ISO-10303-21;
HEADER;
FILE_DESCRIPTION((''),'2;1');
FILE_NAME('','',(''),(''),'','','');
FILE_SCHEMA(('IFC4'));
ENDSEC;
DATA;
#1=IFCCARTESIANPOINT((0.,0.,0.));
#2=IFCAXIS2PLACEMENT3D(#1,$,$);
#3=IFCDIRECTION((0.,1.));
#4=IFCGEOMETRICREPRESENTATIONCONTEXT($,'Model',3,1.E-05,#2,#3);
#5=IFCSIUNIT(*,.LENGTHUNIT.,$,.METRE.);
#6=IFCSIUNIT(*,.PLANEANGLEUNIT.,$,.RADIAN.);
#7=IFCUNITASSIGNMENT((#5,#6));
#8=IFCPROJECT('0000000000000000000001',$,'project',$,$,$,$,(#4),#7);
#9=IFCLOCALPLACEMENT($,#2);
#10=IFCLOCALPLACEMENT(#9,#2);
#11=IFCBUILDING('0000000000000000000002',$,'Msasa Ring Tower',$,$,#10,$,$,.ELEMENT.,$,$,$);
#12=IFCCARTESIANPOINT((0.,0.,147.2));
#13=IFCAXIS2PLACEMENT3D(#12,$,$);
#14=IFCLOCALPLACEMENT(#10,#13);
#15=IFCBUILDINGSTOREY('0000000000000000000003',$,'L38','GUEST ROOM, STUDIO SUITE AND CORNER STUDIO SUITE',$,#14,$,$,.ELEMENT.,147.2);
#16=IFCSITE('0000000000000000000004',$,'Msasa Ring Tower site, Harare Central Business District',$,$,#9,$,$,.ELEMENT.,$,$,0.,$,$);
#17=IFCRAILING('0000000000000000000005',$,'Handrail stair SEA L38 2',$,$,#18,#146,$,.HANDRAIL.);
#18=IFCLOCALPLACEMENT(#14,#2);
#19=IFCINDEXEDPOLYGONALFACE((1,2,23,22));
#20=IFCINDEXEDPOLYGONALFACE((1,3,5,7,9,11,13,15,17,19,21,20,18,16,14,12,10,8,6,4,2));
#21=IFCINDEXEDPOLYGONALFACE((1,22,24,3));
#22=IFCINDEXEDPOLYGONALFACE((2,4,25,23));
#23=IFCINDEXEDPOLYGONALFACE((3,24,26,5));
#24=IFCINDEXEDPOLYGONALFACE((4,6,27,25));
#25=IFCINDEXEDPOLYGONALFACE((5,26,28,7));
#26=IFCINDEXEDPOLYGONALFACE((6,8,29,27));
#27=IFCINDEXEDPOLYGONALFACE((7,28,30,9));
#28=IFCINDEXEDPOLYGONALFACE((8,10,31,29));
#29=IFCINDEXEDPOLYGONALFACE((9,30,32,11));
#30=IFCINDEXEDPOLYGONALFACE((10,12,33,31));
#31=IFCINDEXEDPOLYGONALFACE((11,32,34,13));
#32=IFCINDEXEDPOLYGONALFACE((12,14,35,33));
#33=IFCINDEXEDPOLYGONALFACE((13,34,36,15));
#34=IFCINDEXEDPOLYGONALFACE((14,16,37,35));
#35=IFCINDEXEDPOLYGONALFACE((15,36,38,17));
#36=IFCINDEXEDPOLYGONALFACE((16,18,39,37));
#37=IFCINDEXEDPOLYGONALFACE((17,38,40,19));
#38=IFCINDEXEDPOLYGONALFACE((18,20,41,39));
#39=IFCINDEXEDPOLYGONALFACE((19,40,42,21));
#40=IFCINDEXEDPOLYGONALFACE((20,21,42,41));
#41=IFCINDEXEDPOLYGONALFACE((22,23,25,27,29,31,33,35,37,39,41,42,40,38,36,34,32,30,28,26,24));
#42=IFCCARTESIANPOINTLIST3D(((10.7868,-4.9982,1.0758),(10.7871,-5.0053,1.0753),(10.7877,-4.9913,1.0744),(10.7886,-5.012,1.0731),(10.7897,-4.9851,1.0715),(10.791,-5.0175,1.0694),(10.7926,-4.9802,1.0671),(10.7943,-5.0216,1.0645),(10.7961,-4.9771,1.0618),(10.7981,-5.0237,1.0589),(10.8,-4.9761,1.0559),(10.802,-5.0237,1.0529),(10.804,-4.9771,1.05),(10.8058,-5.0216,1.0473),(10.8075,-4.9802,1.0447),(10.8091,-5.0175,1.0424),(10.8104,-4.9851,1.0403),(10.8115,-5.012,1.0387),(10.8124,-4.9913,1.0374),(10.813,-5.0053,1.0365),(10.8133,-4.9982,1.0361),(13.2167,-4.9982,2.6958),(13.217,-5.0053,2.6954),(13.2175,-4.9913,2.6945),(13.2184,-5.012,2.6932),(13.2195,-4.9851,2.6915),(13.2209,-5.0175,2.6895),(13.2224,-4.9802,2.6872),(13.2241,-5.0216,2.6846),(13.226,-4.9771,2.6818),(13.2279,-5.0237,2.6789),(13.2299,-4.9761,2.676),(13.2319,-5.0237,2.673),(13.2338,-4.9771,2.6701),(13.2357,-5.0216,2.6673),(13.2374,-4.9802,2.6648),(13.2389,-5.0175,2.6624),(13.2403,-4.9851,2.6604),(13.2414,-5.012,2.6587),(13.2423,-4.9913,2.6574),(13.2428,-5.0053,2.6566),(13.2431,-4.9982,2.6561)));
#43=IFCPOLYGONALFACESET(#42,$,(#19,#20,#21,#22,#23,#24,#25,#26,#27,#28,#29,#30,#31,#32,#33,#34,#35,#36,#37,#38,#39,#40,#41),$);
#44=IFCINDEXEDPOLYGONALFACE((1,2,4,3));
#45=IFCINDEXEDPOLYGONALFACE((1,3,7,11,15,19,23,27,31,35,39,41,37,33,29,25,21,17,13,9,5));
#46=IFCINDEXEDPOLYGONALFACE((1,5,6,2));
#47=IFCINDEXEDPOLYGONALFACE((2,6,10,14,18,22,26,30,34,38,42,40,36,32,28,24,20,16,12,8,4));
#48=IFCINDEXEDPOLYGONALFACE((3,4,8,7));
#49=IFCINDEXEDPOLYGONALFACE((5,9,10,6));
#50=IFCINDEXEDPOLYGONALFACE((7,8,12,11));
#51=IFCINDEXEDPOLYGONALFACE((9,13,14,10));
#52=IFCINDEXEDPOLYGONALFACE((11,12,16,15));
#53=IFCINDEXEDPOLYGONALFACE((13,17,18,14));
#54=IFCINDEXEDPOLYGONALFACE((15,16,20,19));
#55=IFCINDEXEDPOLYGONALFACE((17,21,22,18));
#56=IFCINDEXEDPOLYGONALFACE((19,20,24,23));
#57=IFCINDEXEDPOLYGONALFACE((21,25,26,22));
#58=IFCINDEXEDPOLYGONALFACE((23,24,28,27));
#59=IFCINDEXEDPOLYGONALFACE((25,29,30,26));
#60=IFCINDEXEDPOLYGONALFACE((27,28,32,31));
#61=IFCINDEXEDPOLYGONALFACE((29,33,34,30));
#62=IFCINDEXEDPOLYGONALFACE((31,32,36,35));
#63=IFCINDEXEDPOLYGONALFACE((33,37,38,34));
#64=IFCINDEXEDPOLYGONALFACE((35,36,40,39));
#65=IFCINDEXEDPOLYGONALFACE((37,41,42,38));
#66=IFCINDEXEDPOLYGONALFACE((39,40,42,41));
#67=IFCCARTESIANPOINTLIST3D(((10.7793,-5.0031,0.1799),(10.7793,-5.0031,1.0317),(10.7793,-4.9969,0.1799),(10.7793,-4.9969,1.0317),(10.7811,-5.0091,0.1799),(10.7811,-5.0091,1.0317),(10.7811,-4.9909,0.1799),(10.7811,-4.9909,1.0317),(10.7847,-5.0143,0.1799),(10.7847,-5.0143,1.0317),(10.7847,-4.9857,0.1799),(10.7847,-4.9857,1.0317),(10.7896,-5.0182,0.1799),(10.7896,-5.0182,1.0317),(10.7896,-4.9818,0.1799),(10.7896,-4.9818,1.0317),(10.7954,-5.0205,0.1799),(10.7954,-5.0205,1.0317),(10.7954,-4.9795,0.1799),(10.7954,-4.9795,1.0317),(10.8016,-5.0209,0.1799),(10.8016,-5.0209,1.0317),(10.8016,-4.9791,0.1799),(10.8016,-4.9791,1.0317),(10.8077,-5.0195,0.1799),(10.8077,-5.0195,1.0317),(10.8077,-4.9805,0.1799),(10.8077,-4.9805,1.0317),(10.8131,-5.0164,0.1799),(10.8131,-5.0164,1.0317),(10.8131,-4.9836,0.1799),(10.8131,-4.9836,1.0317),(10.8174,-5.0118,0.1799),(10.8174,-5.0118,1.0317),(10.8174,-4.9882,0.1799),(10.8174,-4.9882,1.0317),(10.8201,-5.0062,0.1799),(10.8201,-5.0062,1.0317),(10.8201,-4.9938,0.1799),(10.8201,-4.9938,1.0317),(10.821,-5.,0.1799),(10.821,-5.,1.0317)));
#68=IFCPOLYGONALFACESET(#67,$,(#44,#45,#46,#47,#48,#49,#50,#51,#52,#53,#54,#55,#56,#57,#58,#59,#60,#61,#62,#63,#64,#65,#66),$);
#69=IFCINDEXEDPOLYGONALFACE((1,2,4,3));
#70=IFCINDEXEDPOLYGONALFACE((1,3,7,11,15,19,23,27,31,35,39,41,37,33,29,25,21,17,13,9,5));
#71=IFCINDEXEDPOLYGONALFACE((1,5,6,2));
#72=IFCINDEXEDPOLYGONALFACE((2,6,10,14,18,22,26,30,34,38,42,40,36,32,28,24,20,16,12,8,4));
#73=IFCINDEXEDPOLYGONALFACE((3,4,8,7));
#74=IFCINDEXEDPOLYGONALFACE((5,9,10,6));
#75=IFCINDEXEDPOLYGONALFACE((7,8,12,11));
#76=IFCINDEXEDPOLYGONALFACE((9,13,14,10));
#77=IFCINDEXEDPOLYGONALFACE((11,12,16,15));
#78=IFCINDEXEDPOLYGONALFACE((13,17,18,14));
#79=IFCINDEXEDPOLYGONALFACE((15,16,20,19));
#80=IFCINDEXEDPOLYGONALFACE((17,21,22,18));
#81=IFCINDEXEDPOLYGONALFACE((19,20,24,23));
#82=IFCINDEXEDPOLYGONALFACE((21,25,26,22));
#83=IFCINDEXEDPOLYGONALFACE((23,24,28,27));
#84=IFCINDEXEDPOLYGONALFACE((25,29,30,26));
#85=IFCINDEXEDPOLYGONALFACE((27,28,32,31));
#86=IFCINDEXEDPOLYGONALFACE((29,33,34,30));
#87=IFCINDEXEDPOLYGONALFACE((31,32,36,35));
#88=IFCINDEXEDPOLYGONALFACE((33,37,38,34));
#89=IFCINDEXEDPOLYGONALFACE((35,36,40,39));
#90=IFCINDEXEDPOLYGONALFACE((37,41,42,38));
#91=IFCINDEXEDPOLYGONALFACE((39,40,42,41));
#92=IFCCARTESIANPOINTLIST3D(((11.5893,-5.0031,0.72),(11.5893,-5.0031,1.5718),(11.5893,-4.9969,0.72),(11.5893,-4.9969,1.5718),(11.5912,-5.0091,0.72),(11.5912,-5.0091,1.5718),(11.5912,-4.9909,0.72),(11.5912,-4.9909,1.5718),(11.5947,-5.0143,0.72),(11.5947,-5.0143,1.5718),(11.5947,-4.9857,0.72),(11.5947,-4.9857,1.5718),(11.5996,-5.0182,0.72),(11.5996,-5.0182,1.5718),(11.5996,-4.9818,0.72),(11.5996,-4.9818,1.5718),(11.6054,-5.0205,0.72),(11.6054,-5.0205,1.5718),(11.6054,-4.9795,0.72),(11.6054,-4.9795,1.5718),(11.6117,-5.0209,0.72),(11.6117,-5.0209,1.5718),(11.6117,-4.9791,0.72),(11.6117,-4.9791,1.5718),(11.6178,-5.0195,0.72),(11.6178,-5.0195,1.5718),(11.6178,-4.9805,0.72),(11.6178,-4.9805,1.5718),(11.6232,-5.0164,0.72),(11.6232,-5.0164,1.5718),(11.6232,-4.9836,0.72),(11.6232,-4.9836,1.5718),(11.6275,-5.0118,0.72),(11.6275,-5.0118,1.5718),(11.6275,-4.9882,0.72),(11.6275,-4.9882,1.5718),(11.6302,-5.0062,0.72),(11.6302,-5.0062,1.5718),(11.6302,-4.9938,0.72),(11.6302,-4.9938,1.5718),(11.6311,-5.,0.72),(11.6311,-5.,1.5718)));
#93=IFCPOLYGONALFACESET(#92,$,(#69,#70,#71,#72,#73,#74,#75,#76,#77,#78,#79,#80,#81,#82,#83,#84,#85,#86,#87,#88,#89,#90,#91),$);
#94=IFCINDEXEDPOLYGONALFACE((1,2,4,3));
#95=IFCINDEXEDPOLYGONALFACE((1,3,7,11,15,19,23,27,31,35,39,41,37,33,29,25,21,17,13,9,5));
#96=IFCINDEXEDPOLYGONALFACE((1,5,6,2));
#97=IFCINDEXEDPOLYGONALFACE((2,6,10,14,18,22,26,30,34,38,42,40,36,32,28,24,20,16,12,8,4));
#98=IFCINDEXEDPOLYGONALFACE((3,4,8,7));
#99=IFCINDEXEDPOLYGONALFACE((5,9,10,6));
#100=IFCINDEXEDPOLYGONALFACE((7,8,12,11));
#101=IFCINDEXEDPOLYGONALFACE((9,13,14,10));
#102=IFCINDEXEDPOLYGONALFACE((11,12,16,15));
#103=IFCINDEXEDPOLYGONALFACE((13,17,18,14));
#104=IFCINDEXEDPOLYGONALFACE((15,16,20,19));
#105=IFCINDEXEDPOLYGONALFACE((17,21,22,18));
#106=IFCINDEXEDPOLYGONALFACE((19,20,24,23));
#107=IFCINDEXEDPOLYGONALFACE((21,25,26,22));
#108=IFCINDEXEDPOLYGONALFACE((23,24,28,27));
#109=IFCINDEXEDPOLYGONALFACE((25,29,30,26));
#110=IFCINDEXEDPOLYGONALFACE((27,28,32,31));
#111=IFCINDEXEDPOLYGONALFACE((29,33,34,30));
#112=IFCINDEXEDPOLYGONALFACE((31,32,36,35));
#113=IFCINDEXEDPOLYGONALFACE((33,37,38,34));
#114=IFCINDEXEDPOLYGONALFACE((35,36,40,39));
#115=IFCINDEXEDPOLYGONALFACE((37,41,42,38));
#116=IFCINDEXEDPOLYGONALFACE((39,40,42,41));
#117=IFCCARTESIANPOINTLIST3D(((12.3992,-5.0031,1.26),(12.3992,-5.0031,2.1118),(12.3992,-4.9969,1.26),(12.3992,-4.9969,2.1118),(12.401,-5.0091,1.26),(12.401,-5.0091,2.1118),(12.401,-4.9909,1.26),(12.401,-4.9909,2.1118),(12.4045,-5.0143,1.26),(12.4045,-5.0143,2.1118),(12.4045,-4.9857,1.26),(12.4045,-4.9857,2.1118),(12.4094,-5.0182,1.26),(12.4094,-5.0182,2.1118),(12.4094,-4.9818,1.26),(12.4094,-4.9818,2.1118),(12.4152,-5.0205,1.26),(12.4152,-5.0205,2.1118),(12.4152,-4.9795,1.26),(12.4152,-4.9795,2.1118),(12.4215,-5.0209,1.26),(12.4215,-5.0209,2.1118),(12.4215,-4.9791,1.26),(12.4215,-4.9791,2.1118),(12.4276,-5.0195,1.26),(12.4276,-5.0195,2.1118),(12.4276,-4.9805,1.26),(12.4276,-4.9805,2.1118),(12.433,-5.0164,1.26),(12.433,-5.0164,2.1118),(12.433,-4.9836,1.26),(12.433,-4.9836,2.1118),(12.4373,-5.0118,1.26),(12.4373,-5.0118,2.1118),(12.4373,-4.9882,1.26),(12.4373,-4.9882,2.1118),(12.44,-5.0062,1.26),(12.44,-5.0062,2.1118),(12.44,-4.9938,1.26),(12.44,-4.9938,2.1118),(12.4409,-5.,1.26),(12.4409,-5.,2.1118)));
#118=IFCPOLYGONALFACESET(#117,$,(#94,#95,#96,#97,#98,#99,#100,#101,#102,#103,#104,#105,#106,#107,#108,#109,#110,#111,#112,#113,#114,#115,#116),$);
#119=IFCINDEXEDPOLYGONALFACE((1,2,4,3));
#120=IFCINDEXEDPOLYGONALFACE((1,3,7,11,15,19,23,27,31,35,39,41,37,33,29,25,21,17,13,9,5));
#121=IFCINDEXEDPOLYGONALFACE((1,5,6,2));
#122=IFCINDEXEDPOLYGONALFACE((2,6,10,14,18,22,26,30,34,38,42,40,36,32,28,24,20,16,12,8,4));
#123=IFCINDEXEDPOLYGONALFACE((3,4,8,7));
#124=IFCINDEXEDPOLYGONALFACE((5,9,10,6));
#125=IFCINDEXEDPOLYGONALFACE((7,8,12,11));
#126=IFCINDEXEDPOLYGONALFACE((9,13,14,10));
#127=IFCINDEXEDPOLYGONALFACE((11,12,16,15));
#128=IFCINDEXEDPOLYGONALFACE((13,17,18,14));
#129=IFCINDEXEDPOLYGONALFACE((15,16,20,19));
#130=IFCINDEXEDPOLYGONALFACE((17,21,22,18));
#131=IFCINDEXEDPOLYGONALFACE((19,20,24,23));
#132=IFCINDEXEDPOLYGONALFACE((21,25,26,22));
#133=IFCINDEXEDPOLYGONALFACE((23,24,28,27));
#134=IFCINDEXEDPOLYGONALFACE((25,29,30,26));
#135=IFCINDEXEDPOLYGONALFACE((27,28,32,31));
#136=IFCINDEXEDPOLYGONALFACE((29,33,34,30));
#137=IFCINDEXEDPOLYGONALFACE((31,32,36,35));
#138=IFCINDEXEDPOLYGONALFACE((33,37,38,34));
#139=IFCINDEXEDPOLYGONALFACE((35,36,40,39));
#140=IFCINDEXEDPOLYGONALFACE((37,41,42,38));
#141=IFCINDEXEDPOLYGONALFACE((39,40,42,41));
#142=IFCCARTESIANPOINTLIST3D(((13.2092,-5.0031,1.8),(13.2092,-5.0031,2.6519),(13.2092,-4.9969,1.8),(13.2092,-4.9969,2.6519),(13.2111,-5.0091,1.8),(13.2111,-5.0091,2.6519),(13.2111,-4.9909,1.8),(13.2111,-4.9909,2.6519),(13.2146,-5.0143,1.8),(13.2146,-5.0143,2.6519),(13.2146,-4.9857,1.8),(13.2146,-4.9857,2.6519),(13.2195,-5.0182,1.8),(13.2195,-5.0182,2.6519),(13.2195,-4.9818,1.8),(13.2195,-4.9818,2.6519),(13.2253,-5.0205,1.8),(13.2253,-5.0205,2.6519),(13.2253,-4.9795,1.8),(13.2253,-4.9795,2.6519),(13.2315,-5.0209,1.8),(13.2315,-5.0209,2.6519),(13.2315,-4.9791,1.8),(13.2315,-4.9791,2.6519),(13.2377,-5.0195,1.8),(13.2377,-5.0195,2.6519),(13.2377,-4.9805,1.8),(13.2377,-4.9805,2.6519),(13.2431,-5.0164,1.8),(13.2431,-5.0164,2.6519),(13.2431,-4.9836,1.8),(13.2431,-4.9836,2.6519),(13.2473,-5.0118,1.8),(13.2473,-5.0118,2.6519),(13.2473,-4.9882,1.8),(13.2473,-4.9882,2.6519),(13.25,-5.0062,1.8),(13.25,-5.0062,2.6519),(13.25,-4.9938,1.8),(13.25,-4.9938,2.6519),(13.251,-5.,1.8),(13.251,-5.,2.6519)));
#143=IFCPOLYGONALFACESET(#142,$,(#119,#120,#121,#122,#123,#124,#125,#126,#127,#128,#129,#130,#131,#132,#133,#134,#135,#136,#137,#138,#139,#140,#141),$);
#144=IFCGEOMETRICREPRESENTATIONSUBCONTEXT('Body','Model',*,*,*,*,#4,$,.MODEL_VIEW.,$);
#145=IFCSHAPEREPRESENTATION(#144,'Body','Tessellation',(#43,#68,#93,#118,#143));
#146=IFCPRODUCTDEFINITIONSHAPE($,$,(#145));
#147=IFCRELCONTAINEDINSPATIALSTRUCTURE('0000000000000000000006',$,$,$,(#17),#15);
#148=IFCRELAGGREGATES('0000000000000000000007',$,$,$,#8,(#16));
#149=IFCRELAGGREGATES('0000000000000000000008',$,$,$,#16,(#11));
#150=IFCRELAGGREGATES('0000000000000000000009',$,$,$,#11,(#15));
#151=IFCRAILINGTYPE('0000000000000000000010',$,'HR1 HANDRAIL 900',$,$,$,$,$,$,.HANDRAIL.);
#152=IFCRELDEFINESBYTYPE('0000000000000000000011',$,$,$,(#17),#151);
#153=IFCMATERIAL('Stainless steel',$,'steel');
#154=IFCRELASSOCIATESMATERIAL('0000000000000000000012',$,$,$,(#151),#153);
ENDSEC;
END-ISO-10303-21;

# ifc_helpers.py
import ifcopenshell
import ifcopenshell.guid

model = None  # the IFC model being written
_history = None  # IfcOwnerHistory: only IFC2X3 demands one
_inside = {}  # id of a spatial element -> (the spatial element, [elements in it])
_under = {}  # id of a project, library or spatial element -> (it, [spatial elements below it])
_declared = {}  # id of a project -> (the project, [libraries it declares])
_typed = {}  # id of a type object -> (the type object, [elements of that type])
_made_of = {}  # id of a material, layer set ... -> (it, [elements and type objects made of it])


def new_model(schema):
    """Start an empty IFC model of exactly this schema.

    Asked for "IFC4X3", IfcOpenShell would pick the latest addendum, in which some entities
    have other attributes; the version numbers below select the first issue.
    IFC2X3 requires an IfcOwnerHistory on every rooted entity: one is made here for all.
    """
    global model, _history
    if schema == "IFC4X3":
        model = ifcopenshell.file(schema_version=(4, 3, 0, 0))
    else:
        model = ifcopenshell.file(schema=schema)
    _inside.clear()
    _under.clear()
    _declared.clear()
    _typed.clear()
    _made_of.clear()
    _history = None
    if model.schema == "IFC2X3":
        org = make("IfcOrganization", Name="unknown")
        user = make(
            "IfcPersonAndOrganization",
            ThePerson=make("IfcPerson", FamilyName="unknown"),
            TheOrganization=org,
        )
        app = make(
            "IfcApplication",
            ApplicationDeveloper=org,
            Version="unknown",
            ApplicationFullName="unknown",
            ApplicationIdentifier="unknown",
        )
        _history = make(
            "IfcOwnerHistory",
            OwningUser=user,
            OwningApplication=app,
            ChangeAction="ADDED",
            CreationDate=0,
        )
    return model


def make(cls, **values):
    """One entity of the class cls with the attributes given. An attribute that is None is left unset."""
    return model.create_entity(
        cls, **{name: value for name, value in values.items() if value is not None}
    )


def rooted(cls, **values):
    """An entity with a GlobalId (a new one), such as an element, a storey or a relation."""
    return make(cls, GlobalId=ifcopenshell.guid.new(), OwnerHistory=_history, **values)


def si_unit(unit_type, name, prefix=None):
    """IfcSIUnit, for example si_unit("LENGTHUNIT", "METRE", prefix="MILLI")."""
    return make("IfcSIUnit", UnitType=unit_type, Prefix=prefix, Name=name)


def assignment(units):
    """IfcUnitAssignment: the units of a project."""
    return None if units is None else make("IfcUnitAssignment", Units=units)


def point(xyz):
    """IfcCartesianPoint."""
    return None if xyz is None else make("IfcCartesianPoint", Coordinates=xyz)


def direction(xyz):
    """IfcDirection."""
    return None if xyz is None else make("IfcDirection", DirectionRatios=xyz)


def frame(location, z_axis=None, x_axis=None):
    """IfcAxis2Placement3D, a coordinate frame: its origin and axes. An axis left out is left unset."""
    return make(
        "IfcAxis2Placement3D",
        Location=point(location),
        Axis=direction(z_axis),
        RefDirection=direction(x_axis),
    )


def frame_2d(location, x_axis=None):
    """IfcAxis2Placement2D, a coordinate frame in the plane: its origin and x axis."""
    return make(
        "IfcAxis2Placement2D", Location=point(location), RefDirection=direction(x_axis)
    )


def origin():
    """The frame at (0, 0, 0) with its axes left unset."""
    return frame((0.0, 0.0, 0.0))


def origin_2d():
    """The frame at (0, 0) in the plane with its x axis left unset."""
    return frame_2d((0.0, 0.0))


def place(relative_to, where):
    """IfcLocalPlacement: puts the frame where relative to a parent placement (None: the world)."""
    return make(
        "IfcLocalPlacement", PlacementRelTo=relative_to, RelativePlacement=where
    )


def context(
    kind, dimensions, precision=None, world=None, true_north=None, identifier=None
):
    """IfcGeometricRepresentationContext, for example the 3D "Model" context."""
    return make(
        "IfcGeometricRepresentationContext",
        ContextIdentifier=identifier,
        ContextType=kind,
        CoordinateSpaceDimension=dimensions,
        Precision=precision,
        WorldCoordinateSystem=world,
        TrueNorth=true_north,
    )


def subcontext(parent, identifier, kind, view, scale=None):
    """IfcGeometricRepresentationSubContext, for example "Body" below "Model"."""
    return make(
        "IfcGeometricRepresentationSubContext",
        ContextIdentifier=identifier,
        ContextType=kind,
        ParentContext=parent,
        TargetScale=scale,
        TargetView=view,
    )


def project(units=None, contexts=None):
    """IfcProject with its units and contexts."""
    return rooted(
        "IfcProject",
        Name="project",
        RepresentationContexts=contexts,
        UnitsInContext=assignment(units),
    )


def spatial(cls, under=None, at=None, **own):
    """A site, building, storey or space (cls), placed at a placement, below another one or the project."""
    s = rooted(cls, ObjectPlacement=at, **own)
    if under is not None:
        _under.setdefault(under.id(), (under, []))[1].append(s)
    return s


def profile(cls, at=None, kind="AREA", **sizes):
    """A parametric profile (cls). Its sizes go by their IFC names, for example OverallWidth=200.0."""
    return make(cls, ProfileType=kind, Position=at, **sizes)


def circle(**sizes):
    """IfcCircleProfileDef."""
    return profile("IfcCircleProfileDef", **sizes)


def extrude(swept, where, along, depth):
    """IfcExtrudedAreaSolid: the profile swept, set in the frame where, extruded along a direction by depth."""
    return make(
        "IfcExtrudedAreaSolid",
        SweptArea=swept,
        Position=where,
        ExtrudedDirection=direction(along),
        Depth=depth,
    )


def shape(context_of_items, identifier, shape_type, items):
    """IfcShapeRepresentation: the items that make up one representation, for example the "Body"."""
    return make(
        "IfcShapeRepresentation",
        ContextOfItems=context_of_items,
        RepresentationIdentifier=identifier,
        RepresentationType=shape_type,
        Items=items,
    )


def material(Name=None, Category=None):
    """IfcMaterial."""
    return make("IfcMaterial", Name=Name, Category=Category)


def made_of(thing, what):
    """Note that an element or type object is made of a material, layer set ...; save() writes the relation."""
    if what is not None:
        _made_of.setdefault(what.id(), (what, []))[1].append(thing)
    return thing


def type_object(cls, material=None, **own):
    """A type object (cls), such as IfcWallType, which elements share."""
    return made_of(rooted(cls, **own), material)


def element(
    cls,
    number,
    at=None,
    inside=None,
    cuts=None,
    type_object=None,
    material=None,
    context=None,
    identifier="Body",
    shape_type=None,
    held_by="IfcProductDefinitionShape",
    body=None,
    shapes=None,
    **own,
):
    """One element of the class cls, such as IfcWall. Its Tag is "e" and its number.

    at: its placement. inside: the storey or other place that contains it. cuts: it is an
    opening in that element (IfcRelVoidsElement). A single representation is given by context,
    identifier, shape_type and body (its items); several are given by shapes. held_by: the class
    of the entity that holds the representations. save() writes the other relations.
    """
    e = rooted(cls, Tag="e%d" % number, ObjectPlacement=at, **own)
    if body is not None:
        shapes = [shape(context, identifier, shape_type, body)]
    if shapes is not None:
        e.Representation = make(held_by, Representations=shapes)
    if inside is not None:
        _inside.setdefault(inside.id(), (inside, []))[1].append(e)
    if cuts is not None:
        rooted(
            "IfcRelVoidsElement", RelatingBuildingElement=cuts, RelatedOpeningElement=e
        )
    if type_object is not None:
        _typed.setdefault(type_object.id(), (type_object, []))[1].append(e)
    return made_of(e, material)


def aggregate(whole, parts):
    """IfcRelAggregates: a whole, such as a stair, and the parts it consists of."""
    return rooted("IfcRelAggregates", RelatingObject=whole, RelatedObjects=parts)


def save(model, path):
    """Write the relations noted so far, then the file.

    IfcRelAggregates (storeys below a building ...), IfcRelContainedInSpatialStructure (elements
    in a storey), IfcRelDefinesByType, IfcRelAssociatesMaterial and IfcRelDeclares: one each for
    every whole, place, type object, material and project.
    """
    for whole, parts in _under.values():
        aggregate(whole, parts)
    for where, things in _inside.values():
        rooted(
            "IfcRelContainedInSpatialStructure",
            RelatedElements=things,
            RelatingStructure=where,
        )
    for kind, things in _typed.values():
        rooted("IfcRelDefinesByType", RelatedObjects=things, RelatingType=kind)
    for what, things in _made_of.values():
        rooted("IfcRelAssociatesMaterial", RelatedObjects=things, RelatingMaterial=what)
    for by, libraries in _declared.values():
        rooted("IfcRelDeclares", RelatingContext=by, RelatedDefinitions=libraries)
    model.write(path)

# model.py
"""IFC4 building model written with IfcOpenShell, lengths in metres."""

from ifc_helpers import new_model, si_unit, direction, frame, origin, origin_2d, place, context, subcontext, project, spatial, circle, extrude, material, type_object, element, save


model = new_model("IFC4")

# Units and contexts
model_context = context("Model", 3, precision=1e-05, world=origin(), true_north=direction((0.0, 1.0)))
body_context = subcontext(model_context, "Body", "Model", "MODEL_VIEW")
ifc_project = project(units=[si_unit("LENGTHUNIT", "METRE"), si_unit("PLANEANGLEUNIT", "RADIAN")], contexts=[model_context])

# Site, building, storey
site_placement = place(None, origin())
site = spatial("IfcSite", under=ifc_project, at=site_placement, Name="Msasa Ring Tower site, Harare Central Business District", CompositionType="ELEMENT", RefElevation=0.0)
building_placement = place(site_placement, origin())
building = spatial("IfcBuilding", under=site, at=building_placement, Name="Msasa Ring Tower", CompositionType="ELEMENT")
storey_placement = place(building_placement, frame((0.0, 0.0, 147.2)))
storey = spatial("IfcBuildingStorey", under=building, at=storey_placement, Name="L38", Description="GUEST ROOM, STUDIO SUITE AND CORNER STUDIO SUITE", CompositionType="ELEMENT", Elevation=147.2)

# Railing
ifc_material_1 = material(Name="Stainless steel", Category="steel")
railing_type = type_object("IfcRailingType", Name="HR1 HANDRAIL 900", PredefinedType="HANDRAIL", material=ifc_material_1)
for number, where, name in (
    (1, (10.8, -5.0, 0.1799), "Handrail stair SEA L38 2"),
):
    element("IfcRailing", number, at=place(storey_placement, frame(where)), inside=storey, type_object=railing_type, Name=name, PredefinedType="HANDRAIL", context=body_context, shape_type="SweptSolid", body=[
        extrude(circle(Radius=0.0239, at=origin_2d()), frame((0.0, 0.0, 0.876), z_axis=(0.832025, 0.0, 0.554739), x_axis=(0.0, 1.0, 0.0)), (0.0, 0.0, 1.0), 2.9204),
        extrude(circle(Radius=0.021, at=origin_2d()), origin(), (0.0, 0.0, 1.0), 0.8518),
        extrude(circle(Radius=0.021, at=origin_2d()), frame((0.8101, 0.0, 0.54)), (0.0, 0.0, 1.0), 0.8518),
        extrude(circle(Radius=0.021, at=origin_2d()), frame((1.6199, 0.0, 1.0801)), (0.0, 0.0, 1.0), 0.8518),
        extrude(circle(Radius=0.021, at=origin_2d()), frame((2.4299, 0.0, 1.6201)), (0.0, 0.0, 1.0), 0.8518),
    ])

save(model, "model.ifc")
